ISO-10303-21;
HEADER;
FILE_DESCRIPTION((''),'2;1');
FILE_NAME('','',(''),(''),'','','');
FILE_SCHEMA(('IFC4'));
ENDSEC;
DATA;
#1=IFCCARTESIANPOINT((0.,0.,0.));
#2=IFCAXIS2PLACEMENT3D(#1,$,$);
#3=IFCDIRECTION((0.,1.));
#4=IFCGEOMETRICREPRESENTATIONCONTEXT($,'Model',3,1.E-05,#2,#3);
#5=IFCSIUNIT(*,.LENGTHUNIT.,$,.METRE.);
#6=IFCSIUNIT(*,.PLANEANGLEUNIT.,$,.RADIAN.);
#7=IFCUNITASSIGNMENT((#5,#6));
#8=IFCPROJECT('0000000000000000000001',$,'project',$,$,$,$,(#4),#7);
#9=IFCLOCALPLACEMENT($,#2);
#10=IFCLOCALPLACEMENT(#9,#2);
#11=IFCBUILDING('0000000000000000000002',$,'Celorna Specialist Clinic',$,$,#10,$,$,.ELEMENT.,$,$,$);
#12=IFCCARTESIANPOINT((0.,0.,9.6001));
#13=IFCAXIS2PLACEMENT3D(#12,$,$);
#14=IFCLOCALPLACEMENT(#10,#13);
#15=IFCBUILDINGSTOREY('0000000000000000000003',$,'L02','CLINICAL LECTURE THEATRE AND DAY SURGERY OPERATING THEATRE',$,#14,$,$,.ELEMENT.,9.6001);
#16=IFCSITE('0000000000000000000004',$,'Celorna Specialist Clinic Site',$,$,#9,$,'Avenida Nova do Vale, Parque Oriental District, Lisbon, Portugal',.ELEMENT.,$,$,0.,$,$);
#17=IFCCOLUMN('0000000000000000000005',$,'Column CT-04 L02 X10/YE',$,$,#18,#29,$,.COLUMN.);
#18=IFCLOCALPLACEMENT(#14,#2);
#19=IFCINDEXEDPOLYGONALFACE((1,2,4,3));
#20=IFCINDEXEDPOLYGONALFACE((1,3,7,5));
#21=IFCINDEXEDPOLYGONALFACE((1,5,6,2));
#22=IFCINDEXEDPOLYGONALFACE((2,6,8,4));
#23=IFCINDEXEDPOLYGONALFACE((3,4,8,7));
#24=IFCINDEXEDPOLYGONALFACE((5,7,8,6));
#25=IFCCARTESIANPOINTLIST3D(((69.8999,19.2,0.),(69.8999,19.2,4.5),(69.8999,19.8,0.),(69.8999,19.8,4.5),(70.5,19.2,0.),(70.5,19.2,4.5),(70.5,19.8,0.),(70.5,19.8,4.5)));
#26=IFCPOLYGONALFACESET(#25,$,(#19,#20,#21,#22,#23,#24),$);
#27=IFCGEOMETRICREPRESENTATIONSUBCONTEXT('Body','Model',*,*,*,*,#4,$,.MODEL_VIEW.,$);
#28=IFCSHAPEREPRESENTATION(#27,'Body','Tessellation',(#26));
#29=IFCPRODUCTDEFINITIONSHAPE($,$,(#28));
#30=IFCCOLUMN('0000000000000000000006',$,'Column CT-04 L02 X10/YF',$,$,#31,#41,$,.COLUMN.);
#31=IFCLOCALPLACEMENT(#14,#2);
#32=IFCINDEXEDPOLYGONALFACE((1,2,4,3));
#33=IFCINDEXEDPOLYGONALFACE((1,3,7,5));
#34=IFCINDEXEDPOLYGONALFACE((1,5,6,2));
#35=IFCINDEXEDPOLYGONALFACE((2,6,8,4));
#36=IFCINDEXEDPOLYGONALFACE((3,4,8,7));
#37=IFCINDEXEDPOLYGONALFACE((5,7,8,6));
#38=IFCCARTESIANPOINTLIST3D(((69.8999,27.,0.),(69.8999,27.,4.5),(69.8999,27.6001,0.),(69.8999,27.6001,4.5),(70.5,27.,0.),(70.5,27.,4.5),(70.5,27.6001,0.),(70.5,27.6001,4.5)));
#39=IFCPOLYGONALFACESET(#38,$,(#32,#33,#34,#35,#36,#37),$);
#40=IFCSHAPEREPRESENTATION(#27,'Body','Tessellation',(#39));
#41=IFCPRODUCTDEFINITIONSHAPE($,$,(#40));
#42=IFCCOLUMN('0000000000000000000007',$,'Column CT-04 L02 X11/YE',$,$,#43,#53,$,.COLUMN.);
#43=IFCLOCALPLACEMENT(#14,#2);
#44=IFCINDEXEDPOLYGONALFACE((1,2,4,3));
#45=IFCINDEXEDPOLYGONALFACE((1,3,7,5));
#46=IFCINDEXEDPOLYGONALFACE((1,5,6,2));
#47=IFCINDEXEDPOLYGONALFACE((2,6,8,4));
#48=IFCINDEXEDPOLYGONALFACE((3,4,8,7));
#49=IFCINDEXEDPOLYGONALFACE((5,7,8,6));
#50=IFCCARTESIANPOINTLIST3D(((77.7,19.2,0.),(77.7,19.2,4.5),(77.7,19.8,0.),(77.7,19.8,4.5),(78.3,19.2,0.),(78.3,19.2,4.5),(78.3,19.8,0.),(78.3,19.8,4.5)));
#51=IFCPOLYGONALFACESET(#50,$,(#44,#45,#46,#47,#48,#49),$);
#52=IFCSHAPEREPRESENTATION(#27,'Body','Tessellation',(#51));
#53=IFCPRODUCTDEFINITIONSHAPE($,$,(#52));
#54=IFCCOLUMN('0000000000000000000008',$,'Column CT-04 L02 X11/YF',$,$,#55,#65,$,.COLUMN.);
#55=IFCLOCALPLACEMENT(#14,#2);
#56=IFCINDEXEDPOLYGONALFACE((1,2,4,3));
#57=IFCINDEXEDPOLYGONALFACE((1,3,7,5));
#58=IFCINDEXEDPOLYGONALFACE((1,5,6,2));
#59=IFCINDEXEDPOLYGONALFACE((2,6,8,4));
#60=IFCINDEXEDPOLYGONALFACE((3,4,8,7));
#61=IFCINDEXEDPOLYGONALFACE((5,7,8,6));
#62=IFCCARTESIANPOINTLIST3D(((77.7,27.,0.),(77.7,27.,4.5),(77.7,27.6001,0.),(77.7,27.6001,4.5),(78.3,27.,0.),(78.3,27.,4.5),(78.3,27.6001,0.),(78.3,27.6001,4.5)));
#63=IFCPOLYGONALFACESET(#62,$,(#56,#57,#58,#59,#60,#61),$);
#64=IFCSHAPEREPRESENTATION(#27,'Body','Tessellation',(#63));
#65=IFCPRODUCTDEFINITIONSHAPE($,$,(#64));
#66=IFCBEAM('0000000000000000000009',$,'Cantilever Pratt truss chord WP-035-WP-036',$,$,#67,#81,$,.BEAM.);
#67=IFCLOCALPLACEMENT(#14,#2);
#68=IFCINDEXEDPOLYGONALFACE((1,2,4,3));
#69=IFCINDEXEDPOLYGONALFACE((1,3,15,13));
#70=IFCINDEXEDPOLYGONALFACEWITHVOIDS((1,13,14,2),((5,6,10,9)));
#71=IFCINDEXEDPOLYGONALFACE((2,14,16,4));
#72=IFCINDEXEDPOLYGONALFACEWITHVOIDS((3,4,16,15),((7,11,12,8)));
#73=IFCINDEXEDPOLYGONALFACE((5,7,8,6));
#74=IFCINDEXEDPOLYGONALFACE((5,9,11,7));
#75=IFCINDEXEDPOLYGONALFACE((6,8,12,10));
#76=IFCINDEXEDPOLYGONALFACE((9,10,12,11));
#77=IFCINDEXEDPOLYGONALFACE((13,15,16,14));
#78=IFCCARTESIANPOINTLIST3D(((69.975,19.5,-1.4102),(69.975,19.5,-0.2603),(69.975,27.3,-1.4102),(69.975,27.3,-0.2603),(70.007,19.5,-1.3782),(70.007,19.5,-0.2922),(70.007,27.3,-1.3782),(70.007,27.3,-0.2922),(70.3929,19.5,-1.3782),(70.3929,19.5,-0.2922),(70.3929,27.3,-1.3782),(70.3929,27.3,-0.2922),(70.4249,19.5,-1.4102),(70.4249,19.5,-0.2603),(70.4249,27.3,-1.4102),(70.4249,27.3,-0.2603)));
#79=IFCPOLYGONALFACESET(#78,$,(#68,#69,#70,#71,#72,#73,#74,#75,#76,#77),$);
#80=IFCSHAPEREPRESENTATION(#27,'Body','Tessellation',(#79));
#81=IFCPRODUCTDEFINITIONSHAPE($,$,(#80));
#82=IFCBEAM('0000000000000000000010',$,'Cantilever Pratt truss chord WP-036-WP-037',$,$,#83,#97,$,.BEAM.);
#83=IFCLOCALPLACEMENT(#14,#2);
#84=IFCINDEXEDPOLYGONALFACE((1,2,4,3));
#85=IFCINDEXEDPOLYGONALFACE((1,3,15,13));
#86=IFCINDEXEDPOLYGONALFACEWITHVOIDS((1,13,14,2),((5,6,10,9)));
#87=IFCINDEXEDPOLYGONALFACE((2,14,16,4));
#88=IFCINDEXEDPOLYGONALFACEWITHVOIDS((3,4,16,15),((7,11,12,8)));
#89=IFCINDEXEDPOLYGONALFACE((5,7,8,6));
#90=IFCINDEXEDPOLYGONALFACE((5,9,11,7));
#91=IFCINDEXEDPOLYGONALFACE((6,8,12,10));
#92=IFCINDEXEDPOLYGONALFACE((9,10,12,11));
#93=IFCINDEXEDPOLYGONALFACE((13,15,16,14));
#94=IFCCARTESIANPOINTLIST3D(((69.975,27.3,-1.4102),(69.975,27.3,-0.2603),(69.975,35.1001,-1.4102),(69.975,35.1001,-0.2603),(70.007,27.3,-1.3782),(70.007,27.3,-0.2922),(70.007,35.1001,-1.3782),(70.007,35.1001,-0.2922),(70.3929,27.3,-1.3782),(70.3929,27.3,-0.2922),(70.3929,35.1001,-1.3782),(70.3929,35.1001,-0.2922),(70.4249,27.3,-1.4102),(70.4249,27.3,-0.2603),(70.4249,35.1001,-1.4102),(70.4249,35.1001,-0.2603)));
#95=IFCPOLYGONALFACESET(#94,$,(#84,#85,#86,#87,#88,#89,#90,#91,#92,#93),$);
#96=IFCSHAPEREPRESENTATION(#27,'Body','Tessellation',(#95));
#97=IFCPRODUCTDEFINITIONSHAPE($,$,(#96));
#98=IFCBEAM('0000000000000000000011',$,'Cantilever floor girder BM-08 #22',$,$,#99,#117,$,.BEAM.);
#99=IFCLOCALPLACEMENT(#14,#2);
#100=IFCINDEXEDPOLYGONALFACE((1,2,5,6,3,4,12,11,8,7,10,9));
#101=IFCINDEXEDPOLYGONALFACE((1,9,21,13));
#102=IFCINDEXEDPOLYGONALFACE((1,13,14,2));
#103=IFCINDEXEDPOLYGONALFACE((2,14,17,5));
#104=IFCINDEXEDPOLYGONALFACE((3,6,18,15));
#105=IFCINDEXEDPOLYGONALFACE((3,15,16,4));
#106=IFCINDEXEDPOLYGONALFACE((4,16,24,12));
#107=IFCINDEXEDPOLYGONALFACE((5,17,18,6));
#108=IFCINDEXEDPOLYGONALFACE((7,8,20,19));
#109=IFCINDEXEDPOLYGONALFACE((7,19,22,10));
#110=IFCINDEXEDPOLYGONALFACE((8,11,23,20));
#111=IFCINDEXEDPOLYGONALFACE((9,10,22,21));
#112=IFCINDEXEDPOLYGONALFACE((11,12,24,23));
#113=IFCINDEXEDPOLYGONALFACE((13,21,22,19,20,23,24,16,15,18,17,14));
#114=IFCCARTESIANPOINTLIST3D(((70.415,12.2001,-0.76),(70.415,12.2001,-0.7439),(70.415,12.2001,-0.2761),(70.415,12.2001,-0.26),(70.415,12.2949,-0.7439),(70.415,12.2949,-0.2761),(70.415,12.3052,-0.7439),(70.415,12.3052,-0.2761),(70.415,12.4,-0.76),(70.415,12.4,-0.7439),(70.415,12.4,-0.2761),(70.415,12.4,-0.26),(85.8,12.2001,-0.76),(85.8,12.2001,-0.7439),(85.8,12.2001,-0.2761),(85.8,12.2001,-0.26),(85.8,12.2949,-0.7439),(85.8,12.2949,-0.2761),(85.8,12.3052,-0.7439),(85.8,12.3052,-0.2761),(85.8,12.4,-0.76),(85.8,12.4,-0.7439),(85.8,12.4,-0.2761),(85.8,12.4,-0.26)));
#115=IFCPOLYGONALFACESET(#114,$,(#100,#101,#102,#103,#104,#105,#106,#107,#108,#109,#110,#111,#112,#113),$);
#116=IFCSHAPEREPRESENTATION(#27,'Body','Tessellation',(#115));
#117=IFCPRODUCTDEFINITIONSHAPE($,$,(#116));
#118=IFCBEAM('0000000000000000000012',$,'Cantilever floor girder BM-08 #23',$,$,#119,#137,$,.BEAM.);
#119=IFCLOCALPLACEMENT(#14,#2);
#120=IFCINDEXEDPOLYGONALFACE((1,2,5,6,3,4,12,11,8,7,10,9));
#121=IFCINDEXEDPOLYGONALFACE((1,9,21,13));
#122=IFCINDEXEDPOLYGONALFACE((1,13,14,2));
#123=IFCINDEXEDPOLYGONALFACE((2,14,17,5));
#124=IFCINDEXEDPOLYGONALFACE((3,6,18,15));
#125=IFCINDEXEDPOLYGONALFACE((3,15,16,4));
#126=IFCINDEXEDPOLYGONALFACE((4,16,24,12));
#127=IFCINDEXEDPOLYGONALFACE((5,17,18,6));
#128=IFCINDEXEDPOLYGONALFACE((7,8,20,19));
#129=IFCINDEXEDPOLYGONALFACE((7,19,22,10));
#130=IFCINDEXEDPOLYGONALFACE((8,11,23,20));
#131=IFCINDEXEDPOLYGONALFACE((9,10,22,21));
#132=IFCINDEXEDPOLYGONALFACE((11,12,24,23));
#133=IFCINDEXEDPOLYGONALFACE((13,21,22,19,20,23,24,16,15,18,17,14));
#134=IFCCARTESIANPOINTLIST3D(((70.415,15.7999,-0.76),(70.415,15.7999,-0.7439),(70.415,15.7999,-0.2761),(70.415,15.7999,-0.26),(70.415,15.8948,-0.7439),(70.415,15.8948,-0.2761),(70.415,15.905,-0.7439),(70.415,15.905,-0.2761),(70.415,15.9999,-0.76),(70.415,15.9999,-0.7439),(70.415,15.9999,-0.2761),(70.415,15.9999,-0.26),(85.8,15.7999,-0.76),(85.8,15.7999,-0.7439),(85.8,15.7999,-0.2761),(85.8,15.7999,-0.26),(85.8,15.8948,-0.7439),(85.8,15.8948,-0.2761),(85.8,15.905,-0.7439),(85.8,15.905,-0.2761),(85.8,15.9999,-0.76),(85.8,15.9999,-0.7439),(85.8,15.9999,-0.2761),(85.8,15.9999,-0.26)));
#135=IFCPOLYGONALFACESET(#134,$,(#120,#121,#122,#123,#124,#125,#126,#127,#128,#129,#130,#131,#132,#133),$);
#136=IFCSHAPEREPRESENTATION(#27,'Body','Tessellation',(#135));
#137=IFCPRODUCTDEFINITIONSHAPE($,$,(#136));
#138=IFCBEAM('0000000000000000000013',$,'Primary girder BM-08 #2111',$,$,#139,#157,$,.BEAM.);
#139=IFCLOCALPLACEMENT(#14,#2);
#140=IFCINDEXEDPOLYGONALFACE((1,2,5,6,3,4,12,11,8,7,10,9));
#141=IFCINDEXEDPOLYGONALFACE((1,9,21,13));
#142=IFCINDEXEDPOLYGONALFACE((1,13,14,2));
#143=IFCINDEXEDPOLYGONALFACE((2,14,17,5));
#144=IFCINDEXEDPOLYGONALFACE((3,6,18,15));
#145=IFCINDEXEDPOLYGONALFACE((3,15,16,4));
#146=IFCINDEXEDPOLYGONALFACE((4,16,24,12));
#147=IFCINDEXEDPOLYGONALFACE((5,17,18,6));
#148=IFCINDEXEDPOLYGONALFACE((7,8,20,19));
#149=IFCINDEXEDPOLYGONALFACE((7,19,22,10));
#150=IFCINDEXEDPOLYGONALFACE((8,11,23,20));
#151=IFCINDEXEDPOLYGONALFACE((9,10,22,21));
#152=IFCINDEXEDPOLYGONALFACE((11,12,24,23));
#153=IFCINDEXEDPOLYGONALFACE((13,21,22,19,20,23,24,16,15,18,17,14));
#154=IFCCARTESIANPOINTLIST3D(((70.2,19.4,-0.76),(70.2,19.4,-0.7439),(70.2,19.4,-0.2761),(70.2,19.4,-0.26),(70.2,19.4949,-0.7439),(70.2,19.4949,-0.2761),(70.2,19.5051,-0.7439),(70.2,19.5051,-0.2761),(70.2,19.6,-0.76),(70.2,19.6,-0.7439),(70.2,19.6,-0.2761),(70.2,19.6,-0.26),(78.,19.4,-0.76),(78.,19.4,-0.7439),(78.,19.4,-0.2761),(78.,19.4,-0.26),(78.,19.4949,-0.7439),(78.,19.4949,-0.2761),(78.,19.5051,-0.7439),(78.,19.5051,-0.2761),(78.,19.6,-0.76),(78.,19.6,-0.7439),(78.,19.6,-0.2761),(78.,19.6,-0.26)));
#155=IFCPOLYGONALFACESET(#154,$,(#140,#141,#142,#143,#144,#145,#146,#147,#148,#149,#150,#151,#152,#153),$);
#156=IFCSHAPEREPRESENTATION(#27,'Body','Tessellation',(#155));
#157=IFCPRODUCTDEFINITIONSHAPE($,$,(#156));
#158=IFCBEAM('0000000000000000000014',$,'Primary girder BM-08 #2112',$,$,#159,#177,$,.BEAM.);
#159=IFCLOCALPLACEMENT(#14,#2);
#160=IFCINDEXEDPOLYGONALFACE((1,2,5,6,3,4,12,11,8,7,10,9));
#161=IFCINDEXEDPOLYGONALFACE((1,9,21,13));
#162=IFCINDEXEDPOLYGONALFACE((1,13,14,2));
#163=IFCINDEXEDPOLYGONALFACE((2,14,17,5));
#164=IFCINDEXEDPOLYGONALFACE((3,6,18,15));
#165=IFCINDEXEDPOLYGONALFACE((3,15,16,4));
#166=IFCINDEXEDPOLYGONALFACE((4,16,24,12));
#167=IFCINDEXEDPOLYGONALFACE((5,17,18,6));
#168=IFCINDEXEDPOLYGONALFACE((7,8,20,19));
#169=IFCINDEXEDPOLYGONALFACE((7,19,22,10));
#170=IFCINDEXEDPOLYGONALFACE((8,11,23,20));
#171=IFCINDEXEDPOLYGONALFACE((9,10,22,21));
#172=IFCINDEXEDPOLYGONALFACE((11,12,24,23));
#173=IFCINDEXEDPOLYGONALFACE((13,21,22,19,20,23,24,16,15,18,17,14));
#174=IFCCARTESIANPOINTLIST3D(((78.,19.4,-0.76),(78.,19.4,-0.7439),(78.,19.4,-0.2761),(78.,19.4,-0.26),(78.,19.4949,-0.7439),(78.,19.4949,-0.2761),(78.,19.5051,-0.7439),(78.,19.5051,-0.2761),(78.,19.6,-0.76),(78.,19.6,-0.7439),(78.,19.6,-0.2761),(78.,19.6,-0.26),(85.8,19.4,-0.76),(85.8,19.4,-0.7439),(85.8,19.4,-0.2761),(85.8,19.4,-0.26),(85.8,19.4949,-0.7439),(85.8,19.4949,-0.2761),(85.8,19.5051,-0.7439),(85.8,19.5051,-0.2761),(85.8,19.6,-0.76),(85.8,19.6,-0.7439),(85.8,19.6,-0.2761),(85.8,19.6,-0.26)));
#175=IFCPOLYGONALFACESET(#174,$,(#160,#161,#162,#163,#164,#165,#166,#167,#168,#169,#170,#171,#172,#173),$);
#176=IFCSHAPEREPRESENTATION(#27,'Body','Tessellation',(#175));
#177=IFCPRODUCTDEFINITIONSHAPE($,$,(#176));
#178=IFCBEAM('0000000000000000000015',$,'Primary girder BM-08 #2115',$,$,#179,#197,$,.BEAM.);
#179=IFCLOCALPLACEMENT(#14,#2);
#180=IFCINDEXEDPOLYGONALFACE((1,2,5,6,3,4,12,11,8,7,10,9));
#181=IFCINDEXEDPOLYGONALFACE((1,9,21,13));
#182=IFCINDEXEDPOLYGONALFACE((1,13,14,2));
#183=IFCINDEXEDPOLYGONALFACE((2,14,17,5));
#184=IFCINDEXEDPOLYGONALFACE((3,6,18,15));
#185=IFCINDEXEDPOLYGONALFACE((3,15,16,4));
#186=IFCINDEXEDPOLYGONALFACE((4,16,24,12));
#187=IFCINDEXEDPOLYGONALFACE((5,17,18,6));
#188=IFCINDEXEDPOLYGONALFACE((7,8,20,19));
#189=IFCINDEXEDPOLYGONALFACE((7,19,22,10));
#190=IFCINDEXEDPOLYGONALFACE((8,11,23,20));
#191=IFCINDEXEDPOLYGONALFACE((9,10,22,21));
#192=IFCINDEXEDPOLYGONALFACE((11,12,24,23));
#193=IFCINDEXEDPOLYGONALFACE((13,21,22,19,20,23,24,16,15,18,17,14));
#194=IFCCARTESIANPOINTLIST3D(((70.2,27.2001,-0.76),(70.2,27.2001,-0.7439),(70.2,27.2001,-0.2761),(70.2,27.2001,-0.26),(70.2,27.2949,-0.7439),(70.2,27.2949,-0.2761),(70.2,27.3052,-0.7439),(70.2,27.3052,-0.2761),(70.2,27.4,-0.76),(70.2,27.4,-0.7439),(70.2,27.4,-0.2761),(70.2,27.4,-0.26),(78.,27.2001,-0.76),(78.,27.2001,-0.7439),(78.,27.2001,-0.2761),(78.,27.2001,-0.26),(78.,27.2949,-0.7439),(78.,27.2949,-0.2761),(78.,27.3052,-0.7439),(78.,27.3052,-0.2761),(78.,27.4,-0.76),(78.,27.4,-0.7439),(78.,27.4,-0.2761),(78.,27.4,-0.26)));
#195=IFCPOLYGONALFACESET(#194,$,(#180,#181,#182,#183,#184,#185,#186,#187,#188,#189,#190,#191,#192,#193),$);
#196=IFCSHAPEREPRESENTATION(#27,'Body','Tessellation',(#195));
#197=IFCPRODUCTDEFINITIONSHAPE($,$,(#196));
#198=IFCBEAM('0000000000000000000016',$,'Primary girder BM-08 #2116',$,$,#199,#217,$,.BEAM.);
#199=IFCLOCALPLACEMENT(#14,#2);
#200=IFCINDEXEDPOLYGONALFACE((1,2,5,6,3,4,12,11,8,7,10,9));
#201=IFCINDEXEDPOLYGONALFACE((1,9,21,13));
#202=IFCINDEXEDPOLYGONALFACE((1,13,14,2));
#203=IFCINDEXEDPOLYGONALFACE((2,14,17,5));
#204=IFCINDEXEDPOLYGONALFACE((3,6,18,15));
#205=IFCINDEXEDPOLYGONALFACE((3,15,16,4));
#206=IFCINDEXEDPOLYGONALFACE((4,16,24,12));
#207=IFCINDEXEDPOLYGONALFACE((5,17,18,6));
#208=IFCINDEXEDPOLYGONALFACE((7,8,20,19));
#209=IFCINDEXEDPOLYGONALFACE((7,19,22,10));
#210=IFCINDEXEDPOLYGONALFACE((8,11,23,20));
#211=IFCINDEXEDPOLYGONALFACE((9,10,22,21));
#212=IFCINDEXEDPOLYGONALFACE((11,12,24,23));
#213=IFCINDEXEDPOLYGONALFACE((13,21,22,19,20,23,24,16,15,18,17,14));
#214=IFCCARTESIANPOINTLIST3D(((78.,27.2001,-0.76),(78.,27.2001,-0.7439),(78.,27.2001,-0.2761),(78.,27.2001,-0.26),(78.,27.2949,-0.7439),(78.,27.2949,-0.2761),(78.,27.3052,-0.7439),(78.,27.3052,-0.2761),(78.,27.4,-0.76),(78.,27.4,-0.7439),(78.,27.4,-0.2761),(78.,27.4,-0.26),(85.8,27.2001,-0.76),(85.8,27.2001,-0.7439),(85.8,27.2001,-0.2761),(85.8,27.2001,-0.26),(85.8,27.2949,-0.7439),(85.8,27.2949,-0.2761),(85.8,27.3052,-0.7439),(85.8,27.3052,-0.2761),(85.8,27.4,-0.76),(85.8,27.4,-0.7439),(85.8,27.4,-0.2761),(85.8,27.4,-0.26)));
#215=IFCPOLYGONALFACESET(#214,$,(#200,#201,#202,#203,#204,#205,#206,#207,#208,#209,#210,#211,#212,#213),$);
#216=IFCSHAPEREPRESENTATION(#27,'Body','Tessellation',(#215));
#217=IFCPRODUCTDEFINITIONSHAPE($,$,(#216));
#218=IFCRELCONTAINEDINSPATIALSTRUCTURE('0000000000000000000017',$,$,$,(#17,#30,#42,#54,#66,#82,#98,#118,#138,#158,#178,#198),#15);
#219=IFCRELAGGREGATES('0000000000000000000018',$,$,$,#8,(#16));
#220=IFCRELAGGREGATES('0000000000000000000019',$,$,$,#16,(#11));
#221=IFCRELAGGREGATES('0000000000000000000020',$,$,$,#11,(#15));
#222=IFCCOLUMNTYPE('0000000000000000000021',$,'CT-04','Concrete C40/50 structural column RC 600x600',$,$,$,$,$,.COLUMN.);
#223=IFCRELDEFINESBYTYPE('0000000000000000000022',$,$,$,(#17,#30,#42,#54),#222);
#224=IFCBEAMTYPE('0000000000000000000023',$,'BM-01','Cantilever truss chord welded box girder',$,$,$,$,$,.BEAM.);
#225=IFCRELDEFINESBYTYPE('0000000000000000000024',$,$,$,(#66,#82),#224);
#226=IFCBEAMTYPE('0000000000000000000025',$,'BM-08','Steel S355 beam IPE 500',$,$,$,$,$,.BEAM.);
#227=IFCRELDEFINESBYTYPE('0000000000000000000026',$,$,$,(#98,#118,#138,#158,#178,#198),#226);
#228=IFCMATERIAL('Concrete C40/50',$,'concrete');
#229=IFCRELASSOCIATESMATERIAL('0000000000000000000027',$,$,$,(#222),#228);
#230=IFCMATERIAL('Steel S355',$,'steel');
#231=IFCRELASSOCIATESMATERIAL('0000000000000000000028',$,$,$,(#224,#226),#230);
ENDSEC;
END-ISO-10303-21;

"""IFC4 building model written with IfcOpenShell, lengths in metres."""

from ifc_helpers import new_model, si_unit, direction, frame, origin, origin_2d, place, context, subcontext, project, spatial, rectangle, hollow_rectangle, i_section, extrude, material, material_profile, profile_set, type_object, element, save


model = new_model("IFC4")

# Units and contexts
model_context = context("Model", 3, precision=1e-05, world=origin(), true_north=direction((0.0, 1.0)))
body_context = subcontext(model_context, "Body", "Model", "MODEL_VIEW")
ifc_project = project(units=[si_unit("LENGTHUNIT", "METRE"), si_unit("PLANEANGLEUNIT", "RADIAN")], contexts=[model_context])

# Site, building, storey
site_placement = place(None, origin())
site = spatial("IfcSite", under=ifc_project, at=site_placement, Name="Celorna Specialist Clinic Site", LongName="Avenida Nova do Vale, Parque Oriental District, Lisbon, Portugal", CompositionType="ELEMENT", RefElevation=0.0)
building_placement = place(site_placement, origin())
building = spatial("IfcBuilding", under=site, at=building_placement, Name="Celorna Specialist Clinic", CompositionType="ELEMENT")
storey_placement = place(building_placement, frame((0.0, 0.0, 9.6001)))
storey = spatial("IfcBuildingStorey", under=building, at=storey_placement, Name="L02", Description="CLINICAL LECTURE THEATRE AND DAY SURGERY OPERATING THEATRE", CompositionType="ELEMENT", Elevation=9.6001)

# Columns
ifc_material_1 = material(Name="Concrete C40/50", Category="concrete")
ifc_material_profile_1 = material_profile(ifc_material_1, rectangle(XDim=0.6001, YDim=0.6001, at=origin_2d()), Name="RC 600x600")
ifc_profile_set_1 = profile_set([ifc_material_profile_1], Name="Concrete C40/50")
column_type = type_object("IfcColumnType", Name="CT-04", Description="Concrete C40/50 structural column RC 600x600", PredefinedType="COLUMN", material=ifc_profile_set_1)
for number, where, z_axis, x_axis, name in (
    (1, (70.2, 19.5, 0.0), (0.0, 0.0, 1.0), (1.0, 0.0, 0.0), "Column CT-04 L02 X10/YE"),
    (2, (70.2, 27.3, 0.0), (0.0, 0.0, 1.0), (1.0, 0.0, 0.0), "Column CT-04 L02 X10/YF"),
    (3, (78.0, 19.5, 0.0), (0.0, 0.0, 1.0), (1.0, 0.0, 0.0), "Column CT-04 L02 X11/YE"),
    (4, (78.0, 27.3, 0.0), (0.0, 0.0, 1.0), (1.0, 0.0, 0.0), "Column CT-04 L02 X11/YF"),
):
    element("IfcColumn", number, at=place(storey_placement, frame(where, z_axis=z_axis, x_axis=x_axis)), inside=storey, type_object=column_type, Name=name, PredefinedType="COLUMN", context=body_context, shape_type="SweptSolid", body=[
        extrude(rectangle(XDim=0.6001, YDim=0.6001, at=origin_2d()), origin(), (0.0, 0.0, 1.0), 4.5),
    ])

# Beams
ifc_material_2 = material(Name="Steel S355", Category="steel")
ifc_material_profile_2 = material_profile(ifc_material_2, hollow_rectangle(XDim=0.45, YDim=1.1499, WallThickness=0.032, at=origin_2d()), Name="BOX 450x1150x32")
ifc_profile_set_2 = profile_set([ifc_material_profile_2], Name="Steel S355")
beam_type_1 = type_object("IfcBeamType", Name="BM-01", Description="Cantilever truss chord welded box girder", PredefinedType="BEAM", material=ifc_profile_set_2)
for number, where, z_axis, x_axis, name in (
    (5, (70.2, 19.5, -0.8352), (0.0, 1.0, 0.0), (-1.0, 0.0, 0.0), "Cantilever Pratt truss chord WP-035-WP-036"),
    (6, (70.2, 27.3, -0.8352), (0.0, 1.0, 0.0), (-1.0, 0.0, 0.0), "Cantilever Pratt truss chord WP-036-WP-037"),
):
    element("IfcBeam", number, at=place(storey_placement, frame(where, z_axis=z_axis, x_axis=x_axis)), inside=storey, type_object=beam_type_1, Name=name, PredefinedType="BEAM", context=body_context, shape_type="SweptSolid", body=[
        extrude(hollow_rectangle(XDim=0.45, YDim=1.1499, WallThickness=0.032, at=origin_2d()), origin(), (0.0, 0.0, 1.0), 7.8),
    ])
ifc_material_profile_3 = material_profile(ifc_material_2, i_section(OverallWidth=0.2, OverallDepth=0.5, WebThickness=0.0103, FlangeThickness=0.0161, at=origin_2d()), Name="IPE 500")
ifc_profile_set_3 = profile_set([ifc_material_profile_3], Name="Steel S355")
beam_type_2 = type_object("IfcBeamType", Name="BM-08", Description="Steel S355 beam IPE 500", PredefinedType="BEAM", material=ifc_profile_set_3)
for number, where, z_axis, x_axis, name in (
    (7, (70.415, 12.3, -0.51), (1.0, 0.0, 0.0), (0.0, 1.0, 0.0), "Cantilever floor girder BM-08 #22"),
    (8, (70.415, 15.8999, -0.51), (1.0, 0.0, 0.0), (0.0, 1.0, 0.0), "Cantilever floor girder BM-08 #23"),
):
    element("IfcBeam", number, at=place(storey_placement, frame(where, z_axis=z_axis, x_axis=x_axis)), inside=storey, type_object=beam_type_2, Name=name, PredefinedType="BEAM", context=body_context, shape_type="SweptSolid", body=[
        extrude(i_section(OverallWidth=0.2, OverallDepth=0.5, WebThickness=0.0103, FlangeThickness=0.0161, at=origin_2d()), origin(), (0.0, 0.0, 1.0), 15.385),
    ])
for number, where, z_axis, x_axis, name in (
    (9, (70.2, 19.5, -0.51), (1.0, 0.0, 0.0), (0.0, 1.0, 0.0), "Primary girder BM-08 #2111"),
    (10, (78.0, 19.5, -0.51), (1.0, 0.0, 0.0), (0.0, 1.0, 0.0), "Primary girder BM-08 #2112"),
    (11, (70.2, 27.3, -0.51), (1.0, 0.0, 0.0), (0.0, 1.0, 0.0), "Primary girder BM-08 #2115"),
    (12, (78.0, 27.3, -0.51), (1.0, 0.0, 0.0), (0.0, 1.0, 0.0), "Primary girder BM-08 #2116"),
):
    element("IfcBeam", number, at=place(storey_placement, frame(where, z_axis=z_axis, x_axis=x_axis)), inside=storey, type_object=beam_type_2, Name=name, PredefinedType="BEAM", context=body_context, shape_type="SweptSolid", body=[
        extrude(i_section(OverallWidth=0.2, OverallDepth=0.5, WebThickness=0.0103, FlangeThickness=0.0161, at=origin_2d()), origin(), (0.0, 0.0, 1.0), 7.8),
    ])

save(model, "model.ifc")
